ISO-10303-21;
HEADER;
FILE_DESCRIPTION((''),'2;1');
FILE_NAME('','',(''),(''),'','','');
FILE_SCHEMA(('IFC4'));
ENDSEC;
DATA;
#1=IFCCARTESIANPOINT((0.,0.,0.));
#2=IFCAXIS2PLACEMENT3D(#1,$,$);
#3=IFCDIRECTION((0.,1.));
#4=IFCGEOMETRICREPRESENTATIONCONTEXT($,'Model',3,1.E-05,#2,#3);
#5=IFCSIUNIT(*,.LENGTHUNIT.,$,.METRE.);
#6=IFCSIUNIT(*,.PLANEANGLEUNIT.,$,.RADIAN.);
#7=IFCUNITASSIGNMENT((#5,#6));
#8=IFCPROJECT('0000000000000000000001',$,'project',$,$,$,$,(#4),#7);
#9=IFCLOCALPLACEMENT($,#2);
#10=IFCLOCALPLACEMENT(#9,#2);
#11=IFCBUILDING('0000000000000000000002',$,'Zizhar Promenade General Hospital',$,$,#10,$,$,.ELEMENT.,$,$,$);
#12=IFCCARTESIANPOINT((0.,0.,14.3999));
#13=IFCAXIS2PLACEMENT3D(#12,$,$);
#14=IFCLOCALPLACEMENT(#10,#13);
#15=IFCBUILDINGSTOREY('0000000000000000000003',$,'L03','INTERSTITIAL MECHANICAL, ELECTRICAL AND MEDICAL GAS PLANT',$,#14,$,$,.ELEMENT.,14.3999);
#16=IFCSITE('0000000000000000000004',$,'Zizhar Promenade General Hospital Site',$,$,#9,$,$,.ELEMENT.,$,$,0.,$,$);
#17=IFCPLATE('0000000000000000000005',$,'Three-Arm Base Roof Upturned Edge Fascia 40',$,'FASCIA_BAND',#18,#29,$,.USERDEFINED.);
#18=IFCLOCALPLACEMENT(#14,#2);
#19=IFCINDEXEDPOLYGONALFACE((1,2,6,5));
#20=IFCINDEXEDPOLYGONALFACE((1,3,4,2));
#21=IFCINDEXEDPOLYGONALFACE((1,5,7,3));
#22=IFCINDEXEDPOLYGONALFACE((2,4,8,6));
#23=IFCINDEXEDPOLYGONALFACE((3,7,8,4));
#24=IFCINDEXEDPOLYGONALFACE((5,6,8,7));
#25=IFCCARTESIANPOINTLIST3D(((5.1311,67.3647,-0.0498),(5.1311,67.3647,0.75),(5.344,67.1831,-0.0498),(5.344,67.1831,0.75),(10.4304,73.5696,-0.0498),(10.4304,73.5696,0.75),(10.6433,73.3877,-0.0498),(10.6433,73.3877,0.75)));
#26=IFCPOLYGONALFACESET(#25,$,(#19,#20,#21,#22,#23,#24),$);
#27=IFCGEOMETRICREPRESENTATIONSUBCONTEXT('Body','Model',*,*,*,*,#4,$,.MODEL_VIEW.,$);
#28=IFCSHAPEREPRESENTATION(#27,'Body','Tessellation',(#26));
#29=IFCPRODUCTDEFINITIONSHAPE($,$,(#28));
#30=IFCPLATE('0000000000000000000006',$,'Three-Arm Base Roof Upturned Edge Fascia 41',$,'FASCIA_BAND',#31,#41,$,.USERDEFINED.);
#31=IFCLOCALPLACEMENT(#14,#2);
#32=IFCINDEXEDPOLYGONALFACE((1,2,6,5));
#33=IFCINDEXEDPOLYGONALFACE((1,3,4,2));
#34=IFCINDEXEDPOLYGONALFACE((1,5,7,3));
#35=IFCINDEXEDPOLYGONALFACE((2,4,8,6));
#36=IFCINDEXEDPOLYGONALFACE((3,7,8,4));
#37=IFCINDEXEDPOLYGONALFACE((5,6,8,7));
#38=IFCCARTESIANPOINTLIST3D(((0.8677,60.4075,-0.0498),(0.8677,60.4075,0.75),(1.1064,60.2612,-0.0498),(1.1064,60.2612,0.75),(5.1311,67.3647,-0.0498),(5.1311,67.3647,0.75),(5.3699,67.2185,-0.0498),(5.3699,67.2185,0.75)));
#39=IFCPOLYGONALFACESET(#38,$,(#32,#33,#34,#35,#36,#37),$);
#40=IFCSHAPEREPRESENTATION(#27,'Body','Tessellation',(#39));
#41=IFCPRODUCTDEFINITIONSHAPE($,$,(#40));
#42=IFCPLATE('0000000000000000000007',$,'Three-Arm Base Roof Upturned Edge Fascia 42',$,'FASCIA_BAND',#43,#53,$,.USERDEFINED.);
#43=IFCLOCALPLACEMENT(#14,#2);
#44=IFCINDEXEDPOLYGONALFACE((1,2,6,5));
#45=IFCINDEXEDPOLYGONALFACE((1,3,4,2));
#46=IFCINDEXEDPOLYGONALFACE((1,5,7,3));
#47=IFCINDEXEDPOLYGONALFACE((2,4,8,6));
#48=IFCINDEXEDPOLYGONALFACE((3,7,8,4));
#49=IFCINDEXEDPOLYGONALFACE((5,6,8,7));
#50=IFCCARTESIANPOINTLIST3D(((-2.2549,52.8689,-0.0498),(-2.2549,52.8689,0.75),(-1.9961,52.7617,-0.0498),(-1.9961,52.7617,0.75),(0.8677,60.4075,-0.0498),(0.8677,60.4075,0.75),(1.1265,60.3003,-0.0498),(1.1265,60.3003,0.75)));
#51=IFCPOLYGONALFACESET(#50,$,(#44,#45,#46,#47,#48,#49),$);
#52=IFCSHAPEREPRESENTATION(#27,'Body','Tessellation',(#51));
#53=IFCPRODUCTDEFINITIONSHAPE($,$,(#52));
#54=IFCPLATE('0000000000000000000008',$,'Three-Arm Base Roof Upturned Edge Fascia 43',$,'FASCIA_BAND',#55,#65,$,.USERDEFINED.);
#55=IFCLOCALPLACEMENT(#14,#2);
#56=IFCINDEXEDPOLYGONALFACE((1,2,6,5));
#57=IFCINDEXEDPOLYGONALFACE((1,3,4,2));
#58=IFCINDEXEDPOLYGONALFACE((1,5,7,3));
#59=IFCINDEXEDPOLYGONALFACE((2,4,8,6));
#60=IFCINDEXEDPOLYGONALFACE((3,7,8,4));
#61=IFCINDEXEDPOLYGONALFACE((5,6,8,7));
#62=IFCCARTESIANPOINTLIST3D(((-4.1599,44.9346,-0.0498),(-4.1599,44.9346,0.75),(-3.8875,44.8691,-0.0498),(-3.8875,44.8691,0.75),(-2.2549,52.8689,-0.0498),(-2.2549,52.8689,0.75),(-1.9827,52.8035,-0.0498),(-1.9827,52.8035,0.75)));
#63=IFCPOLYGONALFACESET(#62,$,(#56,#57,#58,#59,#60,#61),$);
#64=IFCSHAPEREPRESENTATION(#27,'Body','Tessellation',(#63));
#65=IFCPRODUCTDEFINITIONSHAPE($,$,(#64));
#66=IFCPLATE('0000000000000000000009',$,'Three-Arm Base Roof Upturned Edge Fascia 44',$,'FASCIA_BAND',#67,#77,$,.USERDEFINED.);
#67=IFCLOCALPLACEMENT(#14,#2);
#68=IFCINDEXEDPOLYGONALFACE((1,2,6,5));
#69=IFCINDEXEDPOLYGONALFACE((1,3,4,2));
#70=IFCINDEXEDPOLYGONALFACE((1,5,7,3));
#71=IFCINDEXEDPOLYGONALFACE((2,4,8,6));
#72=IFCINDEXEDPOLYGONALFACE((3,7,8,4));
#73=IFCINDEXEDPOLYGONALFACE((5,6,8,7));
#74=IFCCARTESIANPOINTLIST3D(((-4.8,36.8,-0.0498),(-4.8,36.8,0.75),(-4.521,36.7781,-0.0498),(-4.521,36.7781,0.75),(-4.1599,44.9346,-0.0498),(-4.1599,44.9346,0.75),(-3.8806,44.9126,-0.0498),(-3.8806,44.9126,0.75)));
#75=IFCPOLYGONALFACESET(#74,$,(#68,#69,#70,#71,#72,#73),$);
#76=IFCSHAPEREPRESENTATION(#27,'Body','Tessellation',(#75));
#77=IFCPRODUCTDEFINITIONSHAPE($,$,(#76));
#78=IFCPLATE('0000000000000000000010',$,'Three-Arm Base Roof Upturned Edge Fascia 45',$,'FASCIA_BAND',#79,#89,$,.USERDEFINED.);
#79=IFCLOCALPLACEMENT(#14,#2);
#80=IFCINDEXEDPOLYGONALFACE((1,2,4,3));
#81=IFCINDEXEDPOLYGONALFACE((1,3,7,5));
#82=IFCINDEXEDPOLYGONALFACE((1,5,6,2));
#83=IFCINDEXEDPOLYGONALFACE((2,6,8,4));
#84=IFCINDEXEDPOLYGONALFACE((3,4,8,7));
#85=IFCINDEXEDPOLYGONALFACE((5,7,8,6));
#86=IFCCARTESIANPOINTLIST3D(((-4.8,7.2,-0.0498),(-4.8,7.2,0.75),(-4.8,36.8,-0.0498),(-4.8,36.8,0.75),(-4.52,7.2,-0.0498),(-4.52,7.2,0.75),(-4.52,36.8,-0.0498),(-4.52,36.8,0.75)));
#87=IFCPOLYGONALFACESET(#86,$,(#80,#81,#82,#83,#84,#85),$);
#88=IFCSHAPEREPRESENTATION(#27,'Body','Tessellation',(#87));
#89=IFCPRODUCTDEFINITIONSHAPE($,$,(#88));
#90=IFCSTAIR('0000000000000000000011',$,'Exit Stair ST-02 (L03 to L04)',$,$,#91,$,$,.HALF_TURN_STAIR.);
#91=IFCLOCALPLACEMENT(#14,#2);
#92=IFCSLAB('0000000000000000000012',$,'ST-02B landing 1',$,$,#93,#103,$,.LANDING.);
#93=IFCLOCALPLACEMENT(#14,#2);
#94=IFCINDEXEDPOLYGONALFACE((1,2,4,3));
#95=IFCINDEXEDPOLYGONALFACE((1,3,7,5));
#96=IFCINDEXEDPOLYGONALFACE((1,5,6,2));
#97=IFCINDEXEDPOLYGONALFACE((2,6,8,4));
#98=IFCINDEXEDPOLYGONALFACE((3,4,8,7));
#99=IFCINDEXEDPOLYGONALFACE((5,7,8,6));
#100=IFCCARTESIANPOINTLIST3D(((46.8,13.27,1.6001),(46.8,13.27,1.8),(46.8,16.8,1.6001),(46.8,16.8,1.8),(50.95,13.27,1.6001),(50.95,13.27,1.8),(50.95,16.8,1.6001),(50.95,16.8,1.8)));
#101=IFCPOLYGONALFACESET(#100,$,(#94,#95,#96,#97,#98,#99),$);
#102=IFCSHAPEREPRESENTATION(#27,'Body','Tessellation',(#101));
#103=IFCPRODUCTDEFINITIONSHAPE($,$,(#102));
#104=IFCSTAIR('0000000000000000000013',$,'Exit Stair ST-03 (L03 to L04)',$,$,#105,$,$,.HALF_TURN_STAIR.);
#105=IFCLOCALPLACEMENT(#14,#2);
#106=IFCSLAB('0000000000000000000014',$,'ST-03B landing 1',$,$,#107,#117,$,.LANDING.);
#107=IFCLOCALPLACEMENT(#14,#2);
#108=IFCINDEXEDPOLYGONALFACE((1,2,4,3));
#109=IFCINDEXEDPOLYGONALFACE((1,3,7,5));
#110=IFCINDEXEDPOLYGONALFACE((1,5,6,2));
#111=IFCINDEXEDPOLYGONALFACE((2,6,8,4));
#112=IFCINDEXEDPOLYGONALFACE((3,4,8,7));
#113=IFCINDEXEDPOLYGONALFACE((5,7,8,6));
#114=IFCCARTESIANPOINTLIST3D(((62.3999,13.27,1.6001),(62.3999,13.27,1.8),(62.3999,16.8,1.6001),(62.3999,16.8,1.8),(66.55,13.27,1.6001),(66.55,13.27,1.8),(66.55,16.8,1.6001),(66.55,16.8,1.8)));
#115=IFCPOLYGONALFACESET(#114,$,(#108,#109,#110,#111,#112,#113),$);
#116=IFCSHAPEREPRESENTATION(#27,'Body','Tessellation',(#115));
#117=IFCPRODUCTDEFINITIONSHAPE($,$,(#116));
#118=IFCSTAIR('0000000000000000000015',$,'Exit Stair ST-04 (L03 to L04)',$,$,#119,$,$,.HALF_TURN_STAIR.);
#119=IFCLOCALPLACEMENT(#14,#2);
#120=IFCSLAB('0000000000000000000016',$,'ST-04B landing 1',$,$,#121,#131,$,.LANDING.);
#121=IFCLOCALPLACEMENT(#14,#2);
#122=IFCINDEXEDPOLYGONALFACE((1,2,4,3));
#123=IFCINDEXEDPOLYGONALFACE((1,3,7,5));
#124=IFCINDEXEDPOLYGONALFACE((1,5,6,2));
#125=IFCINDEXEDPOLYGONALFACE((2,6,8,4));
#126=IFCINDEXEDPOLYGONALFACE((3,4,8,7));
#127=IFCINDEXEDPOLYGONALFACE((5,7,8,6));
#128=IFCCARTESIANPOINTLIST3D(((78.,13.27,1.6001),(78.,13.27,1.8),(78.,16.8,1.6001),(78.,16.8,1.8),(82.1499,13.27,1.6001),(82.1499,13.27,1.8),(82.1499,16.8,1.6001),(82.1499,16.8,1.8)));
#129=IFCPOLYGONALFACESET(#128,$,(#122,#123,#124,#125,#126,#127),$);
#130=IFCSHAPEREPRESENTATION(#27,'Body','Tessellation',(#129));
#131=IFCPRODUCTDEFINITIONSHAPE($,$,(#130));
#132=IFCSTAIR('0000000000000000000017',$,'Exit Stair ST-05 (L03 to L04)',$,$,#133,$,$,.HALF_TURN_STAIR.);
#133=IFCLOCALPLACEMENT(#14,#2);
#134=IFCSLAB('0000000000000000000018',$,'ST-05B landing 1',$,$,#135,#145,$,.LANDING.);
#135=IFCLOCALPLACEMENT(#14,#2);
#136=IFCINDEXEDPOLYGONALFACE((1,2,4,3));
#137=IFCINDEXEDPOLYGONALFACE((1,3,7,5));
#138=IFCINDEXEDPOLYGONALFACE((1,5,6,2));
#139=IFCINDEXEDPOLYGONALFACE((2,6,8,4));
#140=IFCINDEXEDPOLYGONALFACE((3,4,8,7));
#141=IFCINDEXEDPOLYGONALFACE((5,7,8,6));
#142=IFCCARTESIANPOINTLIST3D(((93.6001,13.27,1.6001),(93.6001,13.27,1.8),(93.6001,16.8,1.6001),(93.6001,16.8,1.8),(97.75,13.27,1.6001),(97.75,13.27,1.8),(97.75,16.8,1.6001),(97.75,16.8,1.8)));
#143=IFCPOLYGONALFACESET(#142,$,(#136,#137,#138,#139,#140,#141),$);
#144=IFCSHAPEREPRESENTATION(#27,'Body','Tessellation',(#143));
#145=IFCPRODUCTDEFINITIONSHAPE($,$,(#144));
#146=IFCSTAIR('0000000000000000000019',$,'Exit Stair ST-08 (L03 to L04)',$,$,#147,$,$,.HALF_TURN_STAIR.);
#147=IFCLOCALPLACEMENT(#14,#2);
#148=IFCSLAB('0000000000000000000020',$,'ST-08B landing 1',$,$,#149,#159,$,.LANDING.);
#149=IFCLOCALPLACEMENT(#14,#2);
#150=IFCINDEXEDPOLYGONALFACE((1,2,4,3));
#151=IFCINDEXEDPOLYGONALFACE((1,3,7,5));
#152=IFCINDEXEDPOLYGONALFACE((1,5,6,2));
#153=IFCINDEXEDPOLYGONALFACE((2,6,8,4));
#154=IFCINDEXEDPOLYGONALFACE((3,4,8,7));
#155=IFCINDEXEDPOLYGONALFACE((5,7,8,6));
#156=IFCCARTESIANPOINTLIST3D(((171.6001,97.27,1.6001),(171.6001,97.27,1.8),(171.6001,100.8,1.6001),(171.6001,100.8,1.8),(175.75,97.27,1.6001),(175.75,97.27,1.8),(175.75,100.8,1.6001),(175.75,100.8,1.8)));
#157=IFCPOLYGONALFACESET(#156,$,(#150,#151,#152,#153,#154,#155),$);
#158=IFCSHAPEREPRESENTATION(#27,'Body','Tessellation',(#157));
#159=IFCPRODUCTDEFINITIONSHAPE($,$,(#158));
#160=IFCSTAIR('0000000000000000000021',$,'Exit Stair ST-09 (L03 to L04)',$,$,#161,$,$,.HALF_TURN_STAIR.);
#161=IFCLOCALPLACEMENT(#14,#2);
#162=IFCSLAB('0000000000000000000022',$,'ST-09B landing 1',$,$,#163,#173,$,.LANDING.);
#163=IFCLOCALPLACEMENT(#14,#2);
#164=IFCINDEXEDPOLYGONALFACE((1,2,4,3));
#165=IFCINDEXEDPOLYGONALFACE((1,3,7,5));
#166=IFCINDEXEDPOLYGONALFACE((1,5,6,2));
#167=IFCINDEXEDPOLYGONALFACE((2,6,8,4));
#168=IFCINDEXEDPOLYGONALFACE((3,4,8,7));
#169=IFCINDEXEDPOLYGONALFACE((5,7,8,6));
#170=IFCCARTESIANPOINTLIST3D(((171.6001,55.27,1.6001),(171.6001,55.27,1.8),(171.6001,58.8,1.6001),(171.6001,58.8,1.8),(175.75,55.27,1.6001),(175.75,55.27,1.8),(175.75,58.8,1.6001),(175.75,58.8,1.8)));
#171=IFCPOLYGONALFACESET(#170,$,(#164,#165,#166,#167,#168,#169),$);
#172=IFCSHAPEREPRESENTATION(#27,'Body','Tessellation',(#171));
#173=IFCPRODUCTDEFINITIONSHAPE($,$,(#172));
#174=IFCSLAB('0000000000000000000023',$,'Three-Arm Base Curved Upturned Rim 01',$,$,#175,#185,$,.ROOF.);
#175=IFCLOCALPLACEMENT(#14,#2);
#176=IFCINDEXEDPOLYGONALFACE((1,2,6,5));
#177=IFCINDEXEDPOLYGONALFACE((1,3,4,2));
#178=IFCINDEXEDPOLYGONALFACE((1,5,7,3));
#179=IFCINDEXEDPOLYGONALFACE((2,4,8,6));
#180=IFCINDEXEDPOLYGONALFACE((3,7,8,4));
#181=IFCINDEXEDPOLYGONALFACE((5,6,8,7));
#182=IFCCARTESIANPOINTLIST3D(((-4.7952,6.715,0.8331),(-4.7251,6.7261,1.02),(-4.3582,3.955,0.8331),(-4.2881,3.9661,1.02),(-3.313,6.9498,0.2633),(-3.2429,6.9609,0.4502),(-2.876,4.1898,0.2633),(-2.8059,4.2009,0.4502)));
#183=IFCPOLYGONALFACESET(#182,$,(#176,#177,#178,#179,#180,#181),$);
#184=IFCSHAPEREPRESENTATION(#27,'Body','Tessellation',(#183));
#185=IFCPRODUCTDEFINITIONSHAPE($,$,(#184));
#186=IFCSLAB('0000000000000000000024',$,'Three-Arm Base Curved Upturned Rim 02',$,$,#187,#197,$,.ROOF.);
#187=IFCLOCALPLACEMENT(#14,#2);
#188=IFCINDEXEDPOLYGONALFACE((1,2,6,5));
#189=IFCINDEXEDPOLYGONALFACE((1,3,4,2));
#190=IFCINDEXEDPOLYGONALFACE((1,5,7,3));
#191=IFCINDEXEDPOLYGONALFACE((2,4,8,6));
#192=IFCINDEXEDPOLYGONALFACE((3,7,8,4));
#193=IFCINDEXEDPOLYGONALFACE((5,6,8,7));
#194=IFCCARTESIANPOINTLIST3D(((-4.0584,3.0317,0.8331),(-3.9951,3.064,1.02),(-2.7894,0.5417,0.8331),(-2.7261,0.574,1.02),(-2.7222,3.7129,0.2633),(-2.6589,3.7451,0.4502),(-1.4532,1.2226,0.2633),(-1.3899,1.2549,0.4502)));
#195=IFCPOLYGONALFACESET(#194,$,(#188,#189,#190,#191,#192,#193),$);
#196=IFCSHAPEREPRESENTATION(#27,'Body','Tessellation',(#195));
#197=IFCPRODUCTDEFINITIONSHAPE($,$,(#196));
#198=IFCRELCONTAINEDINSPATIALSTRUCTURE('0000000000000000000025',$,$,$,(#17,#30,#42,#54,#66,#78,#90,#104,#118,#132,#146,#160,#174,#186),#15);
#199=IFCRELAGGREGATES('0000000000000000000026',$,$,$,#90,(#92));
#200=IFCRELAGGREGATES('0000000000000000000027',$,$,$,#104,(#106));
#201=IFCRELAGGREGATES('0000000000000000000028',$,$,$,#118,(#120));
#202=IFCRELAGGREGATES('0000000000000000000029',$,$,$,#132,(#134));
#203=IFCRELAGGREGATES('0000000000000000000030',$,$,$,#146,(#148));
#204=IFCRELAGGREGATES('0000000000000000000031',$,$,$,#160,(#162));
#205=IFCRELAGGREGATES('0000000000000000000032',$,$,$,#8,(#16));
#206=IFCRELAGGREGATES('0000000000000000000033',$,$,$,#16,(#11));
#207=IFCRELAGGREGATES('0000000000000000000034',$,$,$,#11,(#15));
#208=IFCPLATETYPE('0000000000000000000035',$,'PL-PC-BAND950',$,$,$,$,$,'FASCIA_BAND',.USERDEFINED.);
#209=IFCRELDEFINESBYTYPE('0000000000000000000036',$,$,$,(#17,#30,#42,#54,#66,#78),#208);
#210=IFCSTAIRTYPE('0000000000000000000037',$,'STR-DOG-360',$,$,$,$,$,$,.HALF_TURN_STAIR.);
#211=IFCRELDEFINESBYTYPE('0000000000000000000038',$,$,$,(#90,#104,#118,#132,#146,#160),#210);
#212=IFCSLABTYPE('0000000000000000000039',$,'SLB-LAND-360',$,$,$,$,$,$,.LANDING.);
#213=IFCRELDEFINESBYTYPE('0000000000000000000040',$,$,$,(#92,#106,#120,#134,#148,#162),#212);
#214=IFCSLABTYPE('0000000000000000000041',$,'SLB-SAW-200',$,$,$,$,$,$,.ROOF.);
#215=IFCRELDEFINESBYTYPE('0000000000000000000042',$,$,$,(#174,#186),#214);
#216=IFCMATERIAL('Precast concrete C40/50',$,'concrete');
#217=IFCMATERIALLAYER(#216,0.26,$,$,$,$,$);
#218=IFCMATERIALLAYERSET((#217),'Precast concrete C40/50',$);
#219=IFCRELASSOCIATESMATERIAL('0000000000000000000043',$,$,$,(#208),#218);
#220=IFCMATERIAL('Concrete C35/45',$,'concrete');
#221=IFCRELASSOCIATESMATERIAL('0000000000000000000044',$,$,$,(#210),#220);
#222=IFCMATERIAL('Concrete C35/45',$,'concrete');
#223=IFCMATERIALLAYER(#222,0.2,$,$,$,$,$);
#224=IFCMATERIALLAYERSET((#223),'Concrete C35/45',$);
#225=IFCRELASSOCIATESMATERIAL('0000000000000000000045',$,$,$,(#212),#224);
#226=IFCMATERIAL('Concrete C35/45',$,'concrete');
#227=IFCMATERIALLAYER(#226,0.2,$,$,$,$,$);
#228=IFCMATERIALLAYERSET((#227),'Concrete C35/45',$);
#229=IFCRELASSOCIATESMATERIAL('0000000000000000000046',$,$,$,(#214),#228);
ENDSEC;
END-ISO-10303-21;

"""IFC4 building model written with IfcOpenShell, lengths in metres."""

from ifc_helpers import new_model, si_unit, direction, frame, origin, place, context, subcontext, project, spatial, polyline, outline, extrude, material, layer, layer_set, type_object, element, aggregate, save


model = new_model("IFC4")

# Units and contexts
model_context = context("Model", 3, precision=1e-05, world=origin(), true_north=direction((0.0, 1.0)))
body_context = subcontext(model_context, "Body", "Model", "MODEL_VIEW")
ifc_project = project(units=[si_unit("LENGTHUNIT", "METRE"), si_unit("PLANEANGLEUNIT", "RADIAN")], contexts=[model_context])

# Site, building, storey
site_placement = place(None, origin())
site = spatial("IfcSite", under=ifc_project, at=site_placement, Name="Zizhar Promenade General Hospital Site", CompositionType="ELEMENT", RefElevation=0.0)
building_placement = place(site_placement, origin())
building = spatial("IfcBuilding", under=site, at=building_placement, Name="Zizhar Promenade General Hospital", CompositionType="ELEMENT")
storey_placement = place(building_placement, frame((0.0, 0.0, 14.3999)))
storey = spatial("IfcBuildingStorey", under=building, at=storey_placement, Name="L03", Description="INTERSTITIAL MECHANICAL, ELECTRICAL AND MEDICAL GAS PLANT", CompositionType="ELEMENT", Elevation=14.3999)

# Plates
ifc_material_1 = material(Name="Precast concrete C40/50", Category="concrete")
ifc_layer_1 = layer(ifc_material_1, 0.26)
ifc_layer_set_1 = layer_set([ifc_layer_1], Name="Precast concrete C40/50")
plate_type = type_object("IfcPlateType", Name="PL-PC-BAND950", ElementType="FASCIA_BAND", PredefinedType="USERDEFINED", material=ifc_layer_set_1)
plate_1_placement = place(storey_placement, frame((0.0, 0.0, -0.0498)))
element("IfcPlate", 1, at=plate_1_placement, inside=storey, type_object=plate_type, Name="Three-Arm Base Roof Upturned Edge Fascia 40", ObjectType="FASCIA_BAND", PredefinedType="USERDEFINED", context=body_context, shape_type="SweptSolid", body=[
    extrude(outline(polyline([(10.4304, 73.5696), (5.1311, 67.3647), (5.344, 67.1831), (10.6433, 73.3877), (10.4304, 73.5696)])), origin(), (0.0, 0.0, 1.0), 0.7998),
])
plate_2_placement = place(storey_placement, frame((0.0, 0.0, -0.0498)))
element("IfcPlate", 2, at=plate_2_placement, inside=storey, type_object=plate_type, Name="Three-Arm Base Roof Upturned Edge Fascia 41", ObjectType="FASCIA_BAND", PredefinedType="USERDEFINED", context=body_context, shape_type="SweptSolid", body=[
    extrude(outline(polyline([(5.1311, 67.3647), (0.8677, 60.4075), (1.1064, 60.2612), (5.3699, 67.2185), (5.1311, 67.3647)])), origin(), (0.0, 0.0, 1.0), 0.7998),
])
plate_3_placement = place(storey_placement, frame((0.0, 0.0, -0.0498)))
element("IfcPlate", 3, at=plate_3_placement, inside=storey, type_object=plate_type, Name="Three-Arm Base Roof Upturned Edge Fascia 42", ObjectType="FASCIA_BAND", PredefinedType="USERDEFINED", context=body_context, shape_type="SweptSolid", body=[
    extrude(outline(polyline([(0.8677, 60.4075), (-2.2549, 52.8689), (-1.9961, 52.7617), (1.1265, 60.3003), (0.8677, 60.4075)])), origin(), (0.0, 0.0, 1.0), 0.7998),
])
plate_4_placement = place(storey_placement, frame((0.0, 0.0, -0.0498)))
element("IfcPlate", 4, at=plate_4_placement, inside=storey, type_object=plate_type, Name="Three-Arm Base Roof Upturned Edge Fascia 43", ObjectType="FASCIA_BAND", PredefinedType="USERDEFINED", context=body_context, shape_type="SweptSolid", body=[
    extrude(outline(polyline([(-2.2549, 52.8689), (-4.1599, 44.9346), (-3.8875, 44.8691), (-1.9827, 52.8035), (-2.2549, 52.8689)])), origin(), (0.0, 0.0, 1.0), 0.7998),
])
plate_5_placement = place(storey_placement, frame((0.0, 0.0, -0.0498)))
element("IfcPlate", 5, at=plate_5_placement, inside=storey, type_object=plate_type, Name="Three-Arm Base Roof Upturned Edge Fascia 44", ObjectType="FASCIA_BAND", PredefinedType="USERDEFINED", context=body_context, shape_type="SweptSolid", body=[
    extrude(outline(polyline([(-4.1599, 44.9346), (-4.8, 36.8), (-4.521, 36.7781), (-3.8806, 44.9126), (-4.1599, 44.9346)])), origin(), (0.0, 0.0, 1.0), 0.7998),
])
plate_6_placement = place(storey_placement, frame((0.0, 0.0, -0.0498)))
element("IfcPlate", 6, at=plate_6_placement, inside=storey, type_object=plate_type, Name="Three-Arm Base Roof Upturned Edge Fascia 45", ObjectType="FASCIA_BAND", PredefinedType="USERDEFINED", context=body_context, shape_type="SweptSolid", body=[
    extrude(outline(polyline([(-4.8, 36.8), (-4.8, 7.2), (-4.52, 7.2), (-4.52, 36.8), (-4.8, 36.8)])), origin(), (0.0, 0.0, 1.0), 0.7998),
])

# Stairs, slabs
ifc_material_2 = material(Name="Concrete C35/45", Category="concrete")
stair_type = type_object("IfcStairType", Name="STR-DOG-360", PredefinedType="HALF_TURN_STAIR", material=ifc_material_2)
stair_1_placement = place(storey_placement, origin())
stair_1 = element("IfcStair", 7, at=stair_1_placement, inside=storey, type_object=stair_type, Name="Exit Stair ST-02 (L03 to L04)", PredefinedType="HALF_TURN_STAIR")
ifc_material_3 = material(Name="Concrete C35/45", Category="concrete")
ifc_layer_2 = layer(ifc_material_3, 0.2)
ifc_layer_set_2 = layer_set([ifc_layer_2], Name="Concrete C35/45")
slab_type_1 = type_object("IfcSlabType", Name="SLB-LAND-360", PredefinedType="LANDING", material=ifc_layer_set_2)
slab_1_placement = place(storey_placement, frame((0.0, 0.0, 1.6001)))
slab_1 = element("IfcSlab", 8, at=slab_1_placement, type_object=slab_type_1, Name="ST-02B landing 1", PredefinedType="LANDING", context=body_context, shape_type="SweptSolid", body=[
    extrude(outline(polyline([(46.8, 13.27), (50.95, 13.27), (50.95, 16.8), (46.8, 16.8), (46.8, 13.27)])), origin(), (0.0, 0.0, 1.0), 0.2),
])
aggregate(stair_1, [slab_1])
stair_2_placement = place(storey_placement, origin())
stair_2 = element("IfcStair", 9, at=stair_2_placement, inside=storey, type_object=stair_type, Name="Exit Stair ST-03 (L03 to L04)", PredefinedType="HALF_TURN_STAIR")
slab_2_placement = place(storey_placement, frame((0.0, 0.0, 1.6001)))
slab_2 = element("IfcSlab", 10, at=slab_2_placement, type_object=slab_type_1, Name="ST-03B landing 1", PredefinedType="LANDING", context=body_context, shape_type="SweptSolid", body=[
    extrude(outline(polyline([(62.3999, 13.27), (66.55, 13.27), (66.55, 16.8), (62.3999, 16.8), (62.3999, 13.27)])), origin(), (0.0, 0.0, 1.0), 0.2),
])
aggregate(stair_2, [slab_2])
stair_3_placement = place(storey_placement, origin())
stair_3 = element("IfcStair", 11, at=stair_3_placement, inside=storey, type_object=stair_type, Name="Exit Stair ST-04 (L03 to L04)", PredefinedType="HALF_TURN_STAIR")
slab_3_placement = place(storey_placement, frame((0.0, 0.0, 1.6001)))
slab_3 = element("IfcSlab", 12, at=slab_3_placement, type_object=slab_type_1, Name="ST-04B landing 1", PredefinedType="LANDING", context=body_context, shape_type="SweptSolid", body=[
    extrude(outline(polyline([(78.0, 13.27), (82.1499, 13.27), (82.1499, 16.8), (78.0, 16.8), (78.0, 13.27)])), origin(), (0.0, 0.0, 1.0), 0.2),
])
aggregate(stair_3, [slab_3])
stair_4_placement = place(storey_placement, origin())
stair_4 = element("IfcStair", 13, at=stair_4_placement, inside=storey, type_object=stair_type, Name="Exit Stair ST-05 (L03 to L04)", PredefinedType="HALF_TURN_STAIR")
slab_4_placement = place(storey_placement, frame((0.0, 0.0, 1.6001)))
slab_4 = element("IfcSlab", 14, at=slab_4_placement, type_object=slab_type_1, Name="ST-05B landing 1", PredefinedType="LANDING", context=body_context, shape_type="SweptSolid", body=[
    extrude(outline(polyline([(93.6001, 13.27), (97.75, 13.27), (97.75, 16.8), (93.6001, 16.8), (93.6001, 13.27)])), origin(), (0.0, 0.0, 1.0), 0.2),
])
aggregate(stair_4, [slab_4])
stair_5_placement = place(storey_placement, origin())
stair_5 = element("IfcStair", 15, at=stair_5_placement, inside=storey, type_object=stair_type, Name="Exit Stair ST-08 (L03 to L04)", PredefinedType="HALF_TURN_STAIR")
slab_5_placement = place(storey_placement, frame((0.0, 0.0, 1.6001)))
slab_5 = element("IfcSlab", 16, at=slab_5_placement, type_object=slab_type_1, Name="ST-08B landing 1", PredefinedType="LANDING", context=body_context, shape_type="SweptSolid", body=[
    extrude(outline(polyline([(171.6001, 97.27), (175.75, 97.27), (175.75, 100.8), (171.6001, 100.8), (171.6001, 97.27)])), origin(), (0.0, 0.0, 1.0), 0.2),
])
aggregate(stair_5, [slab_5])
stair_6_placement = place(storey_placement, origin())
stair_6 = element("IfcStair", 17, at=stair_6_placement, inside=storey, type_object=stair_type, Name="Exit Stair ST-09 (L03 to L04)", PredefinedType="HALF_TURN_STAIR")
slab_6_placement = place(storey_placement, frame((0.0, 0.0, 1.6001)))
slab_6 = element("IfcSlab", 18, at=slab_6_placement, type_object=slab_type_1, Name="ST-09B landing 1", PredefinedType="LANDING", context=body_context, shape_type="SweptSolid", body=[
    extrude(outline(polyline([(171.6001, 55.27), (175.75, 55.27), (175.75, 58.8), (171.6001, 58.8), (171.6001, 55.27)])), origin(), (0.0, 0.0, 1.0), 0.2),
])
aggregate(stair_6, [slab_6])

# Slabs
ifc_material_4 = material(Name="Concrete C35/45", Category="concrete")
ifc_layer_3 = layer(ifc_material_4, 0.2)
ifc_layer_set_3 = layer_set([ifc_layer_3], Name="Concrete C35/45")
slab_type_2 = type_object("IfcSlabType", Name="SLB-SAW-200", PredefinedType="ROOF", material=ifc_layer_set_3)
slab_7_placement = place(storey_placement, frame((-4.7251, 6.7261, 1.02), z_axis=(0.350616, 0.055515, 0.934873), x_axis=(0.156389, -0.987696, 0.0)))
element("IfcSlab", 19, at=slab_7_placement, inside=storey, type_object=slab_type_2, Name="Three-Arm Base Curved Upturned Rim 01", PredefinedType="ROOF", context=body_context, shape_type="SweptSolid", body=[
    extrude(outline(polyline([(0.0, 0.0), (2.7944, 0.0), (2.7942, 1.6052), (-0.0002, 1.6052), (0.0, 0.0)])), origin(), (0.0, 0.0, -1.0), 0.2),
])
slab_8_placement = place(storey_placement, frame((-3.9951, 3.064, 1.02), z_axis=(0.316452, 0.161275, 0.934799), x_axis=(0.454082, -0.89096, -0.000007)))
element("IfcSlab", 20, at=slab_8_placement, inside=storey, type_object=slab_type_2, Name="Three-Arm Base Curved Upturned Rim 02", PredefinedType="ROOF", context=body_context, shape_type="SweptSolid", body=[
    extrude(outline(polyline([(0.0, 0.0), (2.7947, 0.0), (2.7948, 1.6043), (-0.0001, 1.6044), (0.0, 0.0)])), origin(), (0.0, 0.0, -1.0), 0.2),
])

save(model, "model.ifc")
